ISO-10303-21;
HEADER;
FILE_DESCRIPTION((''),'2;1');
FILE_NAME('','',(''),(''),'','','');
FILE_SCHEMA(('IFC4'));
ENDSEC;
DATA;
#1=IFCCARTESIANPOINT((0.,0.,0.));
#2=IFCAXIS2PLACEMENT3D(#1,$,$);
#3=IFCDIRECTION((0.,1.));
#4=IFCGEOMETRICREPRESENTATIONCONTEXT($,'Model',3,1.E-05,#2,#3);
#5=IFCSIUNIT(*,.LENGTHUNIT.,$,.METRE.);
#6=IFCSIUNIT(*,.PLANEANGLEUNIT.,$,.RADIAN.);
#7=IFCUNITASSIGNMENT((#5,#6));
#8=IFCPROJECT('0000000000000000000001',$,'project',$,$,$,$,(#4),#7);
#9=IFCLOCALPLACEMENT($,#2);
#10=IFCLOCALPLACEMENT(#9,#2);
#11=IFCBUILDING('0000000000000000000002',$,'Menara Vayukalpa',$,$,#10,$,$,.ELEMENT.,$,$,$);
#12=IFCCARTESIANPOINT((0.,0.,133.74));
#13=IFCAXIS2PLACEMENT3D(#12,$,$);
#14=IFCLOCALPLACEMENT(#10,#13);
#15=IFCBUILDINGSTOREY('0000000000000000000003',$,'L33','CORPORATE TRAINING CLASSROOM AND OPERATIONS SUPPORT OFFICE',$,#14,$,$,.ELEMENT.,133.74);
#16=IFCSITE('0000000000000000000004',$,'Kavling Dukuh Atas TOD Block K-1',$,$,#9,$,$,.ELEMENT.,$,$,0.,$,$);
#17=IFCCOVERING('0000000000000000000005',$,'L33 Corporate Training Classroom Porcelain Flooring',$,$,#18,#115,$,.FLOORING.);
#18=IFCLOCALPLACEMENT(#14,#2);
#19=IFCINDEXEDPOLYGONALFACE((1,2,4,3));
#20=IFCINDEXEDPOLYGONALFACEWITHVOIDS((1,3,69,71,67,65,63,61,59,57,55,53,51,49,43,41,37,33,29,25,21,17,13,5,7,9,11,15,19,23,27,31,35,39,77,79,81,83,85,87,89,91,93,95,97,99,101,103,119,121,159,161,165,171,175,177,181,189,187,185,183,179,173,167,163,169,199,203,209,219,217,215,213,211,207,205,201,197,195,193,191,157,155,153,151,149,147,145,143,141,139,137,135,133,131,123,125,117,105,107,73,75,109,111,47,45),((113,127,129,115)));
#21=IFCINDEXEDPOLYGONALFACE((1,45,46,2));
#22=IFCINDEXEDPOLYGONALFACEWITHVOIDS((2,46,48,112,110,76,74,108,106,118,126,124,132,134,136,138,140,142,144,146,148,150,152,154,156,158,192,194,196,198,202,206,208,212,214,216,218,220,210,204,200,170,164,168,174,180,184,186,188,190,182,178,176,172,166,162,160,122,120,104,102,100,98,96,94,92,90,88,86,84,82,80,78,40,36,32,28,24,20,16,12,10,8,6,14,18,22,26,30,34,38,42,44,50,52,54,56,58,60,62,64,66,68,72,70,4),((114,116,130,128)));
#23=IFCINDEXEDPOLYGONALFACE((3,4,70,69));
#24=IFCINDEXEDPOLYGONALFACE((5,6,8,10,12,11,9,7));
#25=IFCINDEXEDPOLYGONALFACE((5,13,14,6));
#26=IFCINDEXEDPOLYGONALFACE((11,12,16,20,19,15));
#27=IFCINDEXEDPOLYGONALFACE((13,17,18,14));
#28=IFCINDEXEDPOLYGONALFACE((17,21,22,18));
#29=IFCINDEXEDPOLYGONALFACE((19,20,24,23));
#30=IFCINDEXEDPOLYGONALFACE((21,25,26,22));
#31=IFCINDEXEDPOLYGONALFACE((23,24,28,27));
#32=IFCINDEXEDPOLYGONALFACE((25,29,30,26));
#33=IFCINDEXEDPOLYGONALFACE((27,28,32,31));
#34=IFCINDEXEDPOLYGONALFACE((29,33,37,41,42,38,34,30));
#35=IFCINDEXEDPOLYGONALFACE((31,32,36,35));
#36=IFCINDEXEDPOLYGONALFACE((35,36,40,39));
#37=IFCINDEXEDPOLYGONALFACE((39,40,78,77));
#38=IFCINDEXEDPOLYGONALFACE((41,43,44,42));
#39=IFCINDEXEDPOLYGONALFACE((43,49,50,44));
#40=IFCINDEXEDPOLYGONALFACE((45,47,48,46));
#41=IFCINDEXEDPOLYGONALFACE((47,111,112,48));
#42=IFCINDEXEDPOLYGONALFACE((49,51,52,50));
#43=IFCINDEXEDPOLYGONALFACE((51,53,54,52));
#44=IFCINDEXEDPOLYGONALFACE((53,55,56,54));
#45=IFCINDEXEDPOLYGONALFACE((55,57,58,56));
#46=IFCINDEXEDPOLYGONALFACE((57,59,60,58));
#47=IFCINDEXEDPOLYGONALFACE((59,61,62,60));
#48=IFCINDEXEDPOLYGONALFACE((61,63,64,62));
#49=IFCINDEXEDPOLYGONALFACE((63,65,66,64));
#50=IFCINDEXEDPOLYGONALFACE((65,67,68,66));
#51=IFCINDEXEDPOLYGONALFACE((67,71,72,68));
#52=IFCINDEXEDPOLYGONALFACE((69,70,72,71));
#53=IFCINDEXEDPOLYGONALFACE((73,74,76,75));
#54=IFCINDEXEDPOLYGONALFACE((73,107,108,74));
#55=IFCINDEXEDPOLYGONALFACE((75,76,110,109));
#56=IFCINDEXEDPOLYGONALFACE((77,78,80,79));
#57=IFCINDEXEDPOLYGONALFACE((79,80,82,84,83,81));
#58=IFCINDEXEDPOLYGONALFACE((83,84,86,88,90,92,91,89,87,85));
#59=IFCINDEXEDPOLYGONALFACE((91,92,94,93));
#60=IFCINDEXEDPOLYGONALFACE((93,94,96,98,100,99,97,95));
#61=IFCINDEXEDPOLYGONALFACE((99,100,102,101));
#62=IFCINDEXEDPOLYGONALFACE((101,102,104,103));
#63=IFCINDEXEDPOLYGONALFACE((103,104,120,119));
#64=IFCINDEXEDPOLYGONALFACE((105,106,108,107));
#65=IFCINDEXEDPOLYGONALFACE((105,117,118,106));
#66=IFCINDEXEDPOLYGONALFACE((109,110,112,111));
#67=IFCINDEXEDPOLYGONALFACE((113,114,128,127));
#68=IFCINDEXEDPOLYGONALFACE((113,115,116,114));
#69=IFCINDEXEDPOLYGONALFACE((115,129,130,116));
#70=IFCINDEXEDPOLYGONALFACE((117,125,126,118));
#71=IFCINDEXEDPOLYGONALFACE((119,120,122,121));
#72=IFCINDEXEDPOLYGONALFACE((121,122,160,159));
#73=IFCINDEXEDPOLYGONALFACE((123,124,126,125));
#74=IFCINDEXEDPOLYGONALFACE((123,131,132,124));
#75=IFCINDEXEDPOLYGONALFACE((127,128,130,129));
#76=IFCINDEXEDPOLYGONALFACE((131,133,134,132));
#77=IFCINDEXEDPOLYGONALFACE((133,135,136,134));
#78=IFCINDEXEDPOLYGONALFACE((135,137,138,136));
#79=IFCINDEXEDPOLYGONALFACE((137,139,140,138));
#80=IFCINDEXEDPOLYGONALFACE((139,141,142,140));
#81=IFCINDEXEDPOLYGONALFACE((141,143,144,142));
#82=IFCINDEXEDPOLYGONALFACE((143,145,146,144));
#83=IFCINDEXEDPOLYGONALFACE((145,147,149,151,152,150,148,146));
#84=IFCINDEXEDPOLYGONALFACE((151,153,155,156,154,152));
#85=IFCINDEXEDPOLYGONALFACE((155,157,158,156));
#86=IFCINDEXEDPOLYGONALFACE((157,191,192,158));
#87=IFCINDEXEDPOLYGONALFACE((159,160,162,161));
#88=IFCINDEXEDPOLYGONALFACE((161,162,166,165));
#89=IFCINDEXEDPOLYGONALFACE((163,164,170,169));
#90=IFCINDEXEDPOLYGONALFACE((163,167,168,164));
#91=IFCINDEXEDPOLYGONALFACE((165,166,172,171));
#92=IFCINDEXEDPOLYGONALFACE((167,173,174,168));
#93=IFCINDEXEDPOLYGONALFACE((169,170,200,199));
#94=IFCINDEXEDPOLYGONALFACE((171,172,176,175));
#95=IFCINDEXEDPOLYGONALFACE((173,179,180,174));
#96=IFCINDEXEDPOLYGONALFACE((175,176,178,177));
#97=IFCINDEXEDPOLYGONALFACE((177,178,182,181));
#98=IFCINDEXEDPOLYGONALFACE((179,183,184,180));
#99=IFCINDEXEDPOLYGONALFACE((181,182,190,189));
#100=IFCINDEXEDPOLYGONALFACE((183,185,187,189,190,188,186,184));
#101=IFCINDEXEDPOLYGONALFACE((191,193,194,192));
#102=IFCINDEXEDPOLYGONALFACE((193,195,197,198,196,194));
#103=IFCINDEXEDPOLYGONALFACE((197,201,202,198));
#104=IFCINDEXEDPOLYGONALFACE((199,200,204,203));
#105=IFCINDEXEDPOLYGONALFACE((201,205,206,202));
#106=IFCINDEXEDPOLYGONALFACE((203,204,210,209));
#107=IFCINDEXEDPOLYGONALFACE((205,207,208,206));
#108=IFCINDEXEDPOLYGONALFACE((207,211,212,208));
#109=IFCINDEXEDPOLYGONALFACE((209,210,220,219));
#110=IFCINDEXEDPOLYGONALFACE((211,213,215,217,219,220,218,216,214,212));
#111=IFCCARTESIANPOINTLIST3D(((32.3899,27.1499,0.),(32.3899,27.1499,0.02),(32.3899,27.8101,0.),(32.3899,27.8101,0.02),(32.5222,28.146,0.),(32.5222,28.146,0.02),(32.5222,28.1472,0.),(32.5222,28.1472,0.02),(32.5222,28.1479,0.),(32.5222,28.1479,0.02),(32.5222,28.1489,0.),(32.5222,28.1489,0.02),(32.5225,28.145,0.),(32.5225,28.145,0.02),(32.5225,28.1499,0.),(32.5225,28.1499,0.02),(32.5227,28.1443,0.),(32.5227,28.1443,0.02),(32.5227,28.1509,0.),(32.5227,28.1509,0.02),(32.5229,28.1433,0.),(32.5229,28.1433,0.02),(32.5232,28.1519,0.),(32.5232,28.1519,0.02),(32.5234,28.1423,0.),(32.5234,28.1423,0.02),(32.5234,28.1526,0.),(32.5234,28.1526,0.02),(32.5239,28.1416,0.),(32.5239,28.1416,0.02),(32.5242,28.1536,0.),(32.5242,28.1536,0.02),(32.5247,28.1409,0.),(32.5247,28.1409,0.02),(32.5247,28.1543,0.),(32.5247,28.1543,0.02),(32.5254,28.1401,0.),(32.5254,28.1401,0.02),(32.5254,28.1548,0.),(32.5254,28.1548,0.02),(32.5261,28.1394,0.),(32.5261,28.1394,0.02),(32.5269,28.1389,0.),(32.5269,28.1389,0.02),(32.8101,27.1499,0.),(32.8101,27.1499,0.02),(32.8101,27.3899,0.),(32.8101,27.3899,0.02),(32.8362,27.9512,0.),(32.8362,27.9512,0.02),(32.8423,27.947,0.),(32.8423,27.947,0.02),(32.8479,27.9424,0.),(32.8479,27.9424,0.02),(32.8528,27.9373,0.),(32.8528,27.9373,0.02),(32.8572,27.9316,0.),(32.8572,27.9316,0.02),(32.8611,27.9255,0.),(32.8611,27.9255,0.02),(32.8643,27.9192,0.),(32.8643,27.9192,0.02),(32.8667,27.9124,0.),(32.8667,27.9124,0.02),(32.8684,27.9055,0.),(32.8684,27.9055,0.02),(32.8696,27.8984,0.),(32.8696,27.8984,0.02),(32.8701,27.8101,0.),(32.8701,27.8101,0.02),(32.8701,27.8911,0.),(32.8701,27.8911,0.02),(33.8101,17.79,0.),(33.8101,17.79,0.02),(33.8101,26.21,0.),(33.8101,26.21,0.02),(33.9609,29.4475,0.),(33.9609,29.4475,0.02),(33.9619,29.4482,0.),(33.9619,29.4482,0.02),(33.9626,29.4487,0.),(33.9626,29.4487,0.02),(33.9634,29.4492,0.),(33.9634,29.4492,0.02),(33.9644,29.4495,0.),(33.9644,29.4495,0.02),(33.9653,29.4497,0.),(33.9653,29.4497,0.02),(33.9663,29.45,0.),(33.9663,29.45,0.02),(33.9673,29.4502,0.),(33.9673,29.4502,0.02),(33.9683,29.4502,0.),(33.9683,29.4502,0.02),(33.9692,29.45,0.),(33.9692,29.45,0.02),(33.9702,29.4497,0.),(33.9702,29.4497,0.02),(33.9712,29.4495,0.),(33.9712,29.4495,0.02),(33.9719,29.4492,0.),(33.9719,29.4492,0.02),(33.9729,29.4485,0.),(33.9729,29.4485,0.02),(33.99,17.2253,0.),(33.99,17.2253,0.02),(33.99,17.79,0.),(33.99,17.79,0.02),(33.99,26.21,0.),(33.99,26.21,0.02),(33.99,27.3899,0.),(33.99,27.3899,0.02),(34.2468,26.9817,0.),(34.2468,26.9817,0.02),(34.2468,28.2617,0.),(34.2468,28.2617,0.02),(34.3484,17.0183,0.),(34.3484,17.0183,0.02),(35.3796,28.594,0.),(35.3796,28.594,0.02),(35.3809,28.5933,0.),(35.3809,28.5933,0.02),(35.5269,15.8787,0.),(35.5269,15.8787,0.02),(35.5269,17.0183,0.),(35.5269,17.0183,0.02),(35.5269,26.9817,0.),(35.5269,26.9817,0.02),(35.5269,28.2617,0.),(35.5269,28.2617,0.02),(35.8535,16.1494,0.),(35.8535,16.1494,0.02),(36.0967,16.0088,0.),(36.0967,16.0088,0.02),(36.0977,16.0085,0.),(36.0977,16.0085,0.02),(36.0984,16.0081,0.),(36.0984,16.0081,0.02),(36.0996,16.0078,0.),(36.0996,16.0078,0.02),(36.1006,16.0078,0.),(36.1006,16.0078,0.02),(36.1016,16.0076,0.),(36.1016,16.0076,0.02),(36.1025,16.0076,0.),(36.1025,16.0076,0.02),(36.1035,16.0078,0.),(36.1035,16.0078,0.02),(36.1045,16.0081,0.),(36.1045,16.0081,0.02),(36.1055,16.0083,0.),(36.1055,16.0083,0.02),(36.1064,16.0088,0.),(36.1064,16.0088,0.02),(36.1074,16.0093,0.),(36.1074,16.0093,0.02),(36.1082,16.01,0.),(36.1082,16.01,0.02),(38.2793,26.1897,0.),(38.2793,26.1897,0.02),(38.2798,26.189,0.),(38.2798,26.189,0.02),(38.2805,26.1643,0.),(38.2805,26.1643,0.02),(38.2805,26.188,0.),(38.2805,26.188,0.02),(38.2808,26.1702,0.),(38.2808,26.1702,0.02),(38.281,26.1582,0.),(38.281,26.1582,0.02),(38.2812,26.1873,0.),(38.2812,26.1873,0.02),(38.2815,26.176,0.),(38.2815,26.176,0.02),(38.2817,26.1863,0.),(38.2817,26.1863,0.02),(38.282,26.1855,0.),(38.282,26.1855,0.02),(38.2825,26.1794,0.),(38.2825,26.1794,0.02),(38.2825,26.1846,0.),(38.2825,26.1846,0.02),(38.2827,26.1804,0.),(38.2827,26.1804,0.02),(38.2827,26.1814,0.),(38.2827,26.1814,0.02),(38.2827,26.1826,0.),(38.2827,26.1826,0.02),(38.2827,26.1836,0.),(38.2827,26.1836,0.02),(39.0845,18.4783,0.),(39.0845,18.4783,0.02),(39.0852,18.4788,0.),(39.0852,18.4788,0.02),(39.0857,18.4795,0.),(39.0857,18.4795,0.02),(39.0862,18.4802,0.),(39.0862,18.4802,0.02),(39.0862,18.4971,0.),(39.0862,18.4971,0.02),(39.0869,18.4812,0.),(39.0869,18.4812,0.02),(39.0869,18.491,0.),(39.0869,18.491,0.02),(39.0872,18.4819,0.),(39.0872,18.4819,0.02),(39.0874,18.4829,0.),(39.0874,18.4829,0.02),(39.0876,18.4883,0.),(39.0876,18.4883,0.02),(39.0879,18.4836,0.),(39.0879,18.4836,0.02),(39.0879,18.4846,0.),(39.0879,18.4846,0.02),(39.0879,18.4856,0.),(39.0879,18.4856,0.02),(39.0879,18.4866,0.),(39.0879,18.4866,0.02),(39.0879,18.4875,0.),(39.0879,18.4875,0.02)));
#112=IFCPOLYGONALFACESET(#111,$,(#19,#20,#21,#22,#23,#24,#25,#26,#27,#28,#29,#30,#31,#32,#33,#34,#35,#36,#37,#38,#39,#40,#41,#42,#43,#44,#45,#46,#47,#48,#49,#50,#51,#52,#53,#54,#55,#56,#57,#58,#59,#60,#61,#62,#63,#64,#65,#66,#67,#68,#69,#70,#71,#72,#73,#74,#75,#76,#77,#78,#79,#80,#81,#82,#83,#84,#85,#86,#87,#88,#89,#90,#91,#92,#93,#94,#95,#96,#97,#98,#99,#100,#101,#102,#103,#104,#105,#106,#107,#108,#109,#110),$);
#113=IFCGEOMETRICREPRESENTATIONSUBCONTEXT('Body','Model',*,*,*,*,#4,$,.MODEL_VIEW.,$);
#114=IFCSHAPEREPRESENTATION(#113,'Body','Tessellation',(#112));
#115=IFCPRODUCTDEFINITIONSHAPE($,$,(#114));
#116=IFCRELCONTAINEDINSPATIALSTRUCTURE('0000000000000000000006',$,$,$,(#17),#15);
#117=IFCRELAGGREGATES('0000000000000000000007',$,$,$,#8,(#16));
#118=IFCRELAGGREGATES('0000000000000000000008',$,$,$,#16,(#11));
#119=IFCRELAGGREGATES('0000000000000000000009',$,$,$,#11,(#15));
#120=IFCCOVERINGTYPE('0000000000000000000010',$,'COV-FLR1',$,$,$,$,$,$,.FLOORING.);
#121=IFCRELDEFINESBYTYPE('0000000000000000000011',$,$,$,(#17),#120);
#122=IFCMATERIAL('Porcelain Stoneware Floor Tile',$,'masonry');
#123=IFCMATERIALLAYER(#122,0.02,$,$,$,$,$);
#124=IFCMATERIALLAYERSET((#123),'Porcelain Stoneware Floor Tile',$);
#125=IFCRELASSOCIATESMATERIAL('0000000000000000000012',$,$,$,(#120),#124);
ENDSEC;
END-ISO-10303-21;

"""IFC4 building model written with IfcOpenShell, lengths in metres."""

from ifc_helpers import new_model, si_unit, direction, frame, origin, place, context, subcontext, project, spatial, polyline, outline, extrude, material, layer, layer_set, type_object, element, save


model = new_model("IFC4")

# Units and contexts
model_context = context("Model", 3, precision=1e-05, world=origin(), true_north=direction((0.0, 1.0)))
body_context = subcontext(model_context, "Body", "Model", "MODEL_VIEW")
ifc_project = project(units=[si_unit("LENGTHUNIT", "METRE"), si_unit("PLANEANGLEUNIT", "RADIAN")], contexts=[model_context])

# Site, building, storey
site_placement = place(None, origin())
site = spatial("IfcSite", under=ifc_project, at=site_placement, Name="Kavling Dukuh Atas TOD Block K-1", CompositionType="ELEMENT", RefElevation=0.0)
building_placement = place(site_placement, origin())
building = spatial("IfcBuilding", under=site, at=building_placement, Name="Menara Vayukalpa", CompositionType="ELEMENT")
storey_placement = place(building_placement, frame((0.0, 0.0, 133.74)))
storey = spatial("IfcBuildingStorey", under=building, at=storey_placement, Name="L33", Description="CORPORATE TRAINING CLASSROOM AND OPERATIONS SUPPORT OFFICE", CompositionType="ELEMENT", Elevation=133.74)

# Covering
ifc_material_1 = material(Name="Porcelain Stoneware Floor Tile", Category="masonry")
ifc_layer_1 = layer(ifc_material_1, 0.02)
ifc_layer_set_1 = layer_set([ifc_layer_1], Name="Porcelain Stoneware Floor Tile")
covering_type_1 = type_object("IfcCoveringType", Name="COV-FLR1", PredefinedType="FLOORING", material=ifc_layer_set_1)
covering_1_placement = place(storey_placement, origin())
element("IfcCovering", 1, at=covering_1_placement, inside=storey, type_object=covering_type_1, Name="L33 Corporate Training Classroom Porcelain Flooring", PredefinedType="FLOORING", context=body_context, shape_type="SweptSolid", body=[
    extrude(outline(polyline([(33.99, 17.2253), (33.99, 17.79), (33.8101, 17.79), (33.8101, 26.21), (33.99, 26.21), (33.99, 27.3899), (32.8101, 27.3899), (32.8101, 27.1499), (32.3899, 27.1499), (32.3899, 27.8101), (32.8701, 27.8101), (32.8701, 27.8911), (32.8696, 27.8984), (32.8684, 27.9055), (32.8667, 27.9124), (32.8643, 27.9192), (32.8611, 27.9255), (32.8572, 27.9316), (32.8528, 27.9373), (32.8479, 27.9424), (32.8423, 27.947), (32.8362, 27.9512), (32.5269, 28.1389), (32.5261, 28.1394), (32.5254, 28.1401), (32.5247, 28.1409), (32.5239, 28.1416), (32.5234, 28.1423), (32.5229, 28.1433), (32.5227, 28.1443), (32.5225, 28.145), (32.5222, 28.146), (32.5222, 28.1472), (32.5222, 28.1479), (32.5222, 28.1489), (32.5225, 28.1499), (32.5227, 28.1509), (32.5232, 28.1519), (32.5234, 28.1526), (32.5242, 28.1536), (32.5247, 28.1543), (32.5254, 28.1548), (33.9609, 29.4475), (33.9619, 29.4482), (33.9626, 29.4487), (33.9634, 29.4492), (33.9644, 29.4495), (33.9653, 29.4497), (33.9663, 29.45), (33.9673, 29.4502), (33.9683, 29.4502), (33.9692, 29.45), (33.9702, 29.4497), (33.9712, 29.4495), (33.9719, 29.4492), (33.9729, 29.4485), (35.3796, 28.594), (35.3809, 28.5933), (38.2793, 26.1897), (38.2798, 26.189), (38.2805, 26.188), (38.2812, 26.1873), (38.2817, 26.1863), (38.282, 26.1855), (38.2825, 26.1846), (38.2827, 26.1836), (38.2827, 26.1826), (38.2827, 26.1814), (38.2827, 26.1804), (38.2825, 26.1794), (38.2815, 26.176), (38.2808, 26.1702), (38.2805, 26.1643), (38.281, 26.1582), (39.0862, 18.4971), (39.0869, 18.491), (39.0876, 18.4883), (39.0879, 18.4875), (39.0879, 18.4866), (39.0879, 18.4856), (39.0879, 18.4846), (39.0879, 18.4836), (39.0874, 18.4829), (39.0872, 18.4819), (39.0869, 18.4812), (39.0862, 18.4802), (39.0857, 18.4795), (39.0852, 18.4788), (39.0845, 18.4783), (36.1082, 16.01), (36.1074, 16.0093), (36.1064, 16.0088), (36.1055, 16.0083), (36.1045, 16.0081), (36.1035, 16.0078), (36.1025, 16.0076), (36.1016, 16.0076), (36.1006, 16.0078), (36.0996, 16.0078), (36.0984, 16.0081), (36.0977, 16.0085), (36.0967, 16.0088), (35.8535, 16.1494), (35.5269, 15.8787), (35.5269, 17.0183), (34.3484, 17.0183), (33.99, 17.2253)]), holes=[polyline([(35.5269, 26.9817), (35.5269, 28.2617), (34.2468, 28.2617), (34.2468, 26.9817), (35.5269, 26.9817)])]), origin(), (0.0, 0.0, 1.0), 0.02),
])

save(model, "model.ifc")
